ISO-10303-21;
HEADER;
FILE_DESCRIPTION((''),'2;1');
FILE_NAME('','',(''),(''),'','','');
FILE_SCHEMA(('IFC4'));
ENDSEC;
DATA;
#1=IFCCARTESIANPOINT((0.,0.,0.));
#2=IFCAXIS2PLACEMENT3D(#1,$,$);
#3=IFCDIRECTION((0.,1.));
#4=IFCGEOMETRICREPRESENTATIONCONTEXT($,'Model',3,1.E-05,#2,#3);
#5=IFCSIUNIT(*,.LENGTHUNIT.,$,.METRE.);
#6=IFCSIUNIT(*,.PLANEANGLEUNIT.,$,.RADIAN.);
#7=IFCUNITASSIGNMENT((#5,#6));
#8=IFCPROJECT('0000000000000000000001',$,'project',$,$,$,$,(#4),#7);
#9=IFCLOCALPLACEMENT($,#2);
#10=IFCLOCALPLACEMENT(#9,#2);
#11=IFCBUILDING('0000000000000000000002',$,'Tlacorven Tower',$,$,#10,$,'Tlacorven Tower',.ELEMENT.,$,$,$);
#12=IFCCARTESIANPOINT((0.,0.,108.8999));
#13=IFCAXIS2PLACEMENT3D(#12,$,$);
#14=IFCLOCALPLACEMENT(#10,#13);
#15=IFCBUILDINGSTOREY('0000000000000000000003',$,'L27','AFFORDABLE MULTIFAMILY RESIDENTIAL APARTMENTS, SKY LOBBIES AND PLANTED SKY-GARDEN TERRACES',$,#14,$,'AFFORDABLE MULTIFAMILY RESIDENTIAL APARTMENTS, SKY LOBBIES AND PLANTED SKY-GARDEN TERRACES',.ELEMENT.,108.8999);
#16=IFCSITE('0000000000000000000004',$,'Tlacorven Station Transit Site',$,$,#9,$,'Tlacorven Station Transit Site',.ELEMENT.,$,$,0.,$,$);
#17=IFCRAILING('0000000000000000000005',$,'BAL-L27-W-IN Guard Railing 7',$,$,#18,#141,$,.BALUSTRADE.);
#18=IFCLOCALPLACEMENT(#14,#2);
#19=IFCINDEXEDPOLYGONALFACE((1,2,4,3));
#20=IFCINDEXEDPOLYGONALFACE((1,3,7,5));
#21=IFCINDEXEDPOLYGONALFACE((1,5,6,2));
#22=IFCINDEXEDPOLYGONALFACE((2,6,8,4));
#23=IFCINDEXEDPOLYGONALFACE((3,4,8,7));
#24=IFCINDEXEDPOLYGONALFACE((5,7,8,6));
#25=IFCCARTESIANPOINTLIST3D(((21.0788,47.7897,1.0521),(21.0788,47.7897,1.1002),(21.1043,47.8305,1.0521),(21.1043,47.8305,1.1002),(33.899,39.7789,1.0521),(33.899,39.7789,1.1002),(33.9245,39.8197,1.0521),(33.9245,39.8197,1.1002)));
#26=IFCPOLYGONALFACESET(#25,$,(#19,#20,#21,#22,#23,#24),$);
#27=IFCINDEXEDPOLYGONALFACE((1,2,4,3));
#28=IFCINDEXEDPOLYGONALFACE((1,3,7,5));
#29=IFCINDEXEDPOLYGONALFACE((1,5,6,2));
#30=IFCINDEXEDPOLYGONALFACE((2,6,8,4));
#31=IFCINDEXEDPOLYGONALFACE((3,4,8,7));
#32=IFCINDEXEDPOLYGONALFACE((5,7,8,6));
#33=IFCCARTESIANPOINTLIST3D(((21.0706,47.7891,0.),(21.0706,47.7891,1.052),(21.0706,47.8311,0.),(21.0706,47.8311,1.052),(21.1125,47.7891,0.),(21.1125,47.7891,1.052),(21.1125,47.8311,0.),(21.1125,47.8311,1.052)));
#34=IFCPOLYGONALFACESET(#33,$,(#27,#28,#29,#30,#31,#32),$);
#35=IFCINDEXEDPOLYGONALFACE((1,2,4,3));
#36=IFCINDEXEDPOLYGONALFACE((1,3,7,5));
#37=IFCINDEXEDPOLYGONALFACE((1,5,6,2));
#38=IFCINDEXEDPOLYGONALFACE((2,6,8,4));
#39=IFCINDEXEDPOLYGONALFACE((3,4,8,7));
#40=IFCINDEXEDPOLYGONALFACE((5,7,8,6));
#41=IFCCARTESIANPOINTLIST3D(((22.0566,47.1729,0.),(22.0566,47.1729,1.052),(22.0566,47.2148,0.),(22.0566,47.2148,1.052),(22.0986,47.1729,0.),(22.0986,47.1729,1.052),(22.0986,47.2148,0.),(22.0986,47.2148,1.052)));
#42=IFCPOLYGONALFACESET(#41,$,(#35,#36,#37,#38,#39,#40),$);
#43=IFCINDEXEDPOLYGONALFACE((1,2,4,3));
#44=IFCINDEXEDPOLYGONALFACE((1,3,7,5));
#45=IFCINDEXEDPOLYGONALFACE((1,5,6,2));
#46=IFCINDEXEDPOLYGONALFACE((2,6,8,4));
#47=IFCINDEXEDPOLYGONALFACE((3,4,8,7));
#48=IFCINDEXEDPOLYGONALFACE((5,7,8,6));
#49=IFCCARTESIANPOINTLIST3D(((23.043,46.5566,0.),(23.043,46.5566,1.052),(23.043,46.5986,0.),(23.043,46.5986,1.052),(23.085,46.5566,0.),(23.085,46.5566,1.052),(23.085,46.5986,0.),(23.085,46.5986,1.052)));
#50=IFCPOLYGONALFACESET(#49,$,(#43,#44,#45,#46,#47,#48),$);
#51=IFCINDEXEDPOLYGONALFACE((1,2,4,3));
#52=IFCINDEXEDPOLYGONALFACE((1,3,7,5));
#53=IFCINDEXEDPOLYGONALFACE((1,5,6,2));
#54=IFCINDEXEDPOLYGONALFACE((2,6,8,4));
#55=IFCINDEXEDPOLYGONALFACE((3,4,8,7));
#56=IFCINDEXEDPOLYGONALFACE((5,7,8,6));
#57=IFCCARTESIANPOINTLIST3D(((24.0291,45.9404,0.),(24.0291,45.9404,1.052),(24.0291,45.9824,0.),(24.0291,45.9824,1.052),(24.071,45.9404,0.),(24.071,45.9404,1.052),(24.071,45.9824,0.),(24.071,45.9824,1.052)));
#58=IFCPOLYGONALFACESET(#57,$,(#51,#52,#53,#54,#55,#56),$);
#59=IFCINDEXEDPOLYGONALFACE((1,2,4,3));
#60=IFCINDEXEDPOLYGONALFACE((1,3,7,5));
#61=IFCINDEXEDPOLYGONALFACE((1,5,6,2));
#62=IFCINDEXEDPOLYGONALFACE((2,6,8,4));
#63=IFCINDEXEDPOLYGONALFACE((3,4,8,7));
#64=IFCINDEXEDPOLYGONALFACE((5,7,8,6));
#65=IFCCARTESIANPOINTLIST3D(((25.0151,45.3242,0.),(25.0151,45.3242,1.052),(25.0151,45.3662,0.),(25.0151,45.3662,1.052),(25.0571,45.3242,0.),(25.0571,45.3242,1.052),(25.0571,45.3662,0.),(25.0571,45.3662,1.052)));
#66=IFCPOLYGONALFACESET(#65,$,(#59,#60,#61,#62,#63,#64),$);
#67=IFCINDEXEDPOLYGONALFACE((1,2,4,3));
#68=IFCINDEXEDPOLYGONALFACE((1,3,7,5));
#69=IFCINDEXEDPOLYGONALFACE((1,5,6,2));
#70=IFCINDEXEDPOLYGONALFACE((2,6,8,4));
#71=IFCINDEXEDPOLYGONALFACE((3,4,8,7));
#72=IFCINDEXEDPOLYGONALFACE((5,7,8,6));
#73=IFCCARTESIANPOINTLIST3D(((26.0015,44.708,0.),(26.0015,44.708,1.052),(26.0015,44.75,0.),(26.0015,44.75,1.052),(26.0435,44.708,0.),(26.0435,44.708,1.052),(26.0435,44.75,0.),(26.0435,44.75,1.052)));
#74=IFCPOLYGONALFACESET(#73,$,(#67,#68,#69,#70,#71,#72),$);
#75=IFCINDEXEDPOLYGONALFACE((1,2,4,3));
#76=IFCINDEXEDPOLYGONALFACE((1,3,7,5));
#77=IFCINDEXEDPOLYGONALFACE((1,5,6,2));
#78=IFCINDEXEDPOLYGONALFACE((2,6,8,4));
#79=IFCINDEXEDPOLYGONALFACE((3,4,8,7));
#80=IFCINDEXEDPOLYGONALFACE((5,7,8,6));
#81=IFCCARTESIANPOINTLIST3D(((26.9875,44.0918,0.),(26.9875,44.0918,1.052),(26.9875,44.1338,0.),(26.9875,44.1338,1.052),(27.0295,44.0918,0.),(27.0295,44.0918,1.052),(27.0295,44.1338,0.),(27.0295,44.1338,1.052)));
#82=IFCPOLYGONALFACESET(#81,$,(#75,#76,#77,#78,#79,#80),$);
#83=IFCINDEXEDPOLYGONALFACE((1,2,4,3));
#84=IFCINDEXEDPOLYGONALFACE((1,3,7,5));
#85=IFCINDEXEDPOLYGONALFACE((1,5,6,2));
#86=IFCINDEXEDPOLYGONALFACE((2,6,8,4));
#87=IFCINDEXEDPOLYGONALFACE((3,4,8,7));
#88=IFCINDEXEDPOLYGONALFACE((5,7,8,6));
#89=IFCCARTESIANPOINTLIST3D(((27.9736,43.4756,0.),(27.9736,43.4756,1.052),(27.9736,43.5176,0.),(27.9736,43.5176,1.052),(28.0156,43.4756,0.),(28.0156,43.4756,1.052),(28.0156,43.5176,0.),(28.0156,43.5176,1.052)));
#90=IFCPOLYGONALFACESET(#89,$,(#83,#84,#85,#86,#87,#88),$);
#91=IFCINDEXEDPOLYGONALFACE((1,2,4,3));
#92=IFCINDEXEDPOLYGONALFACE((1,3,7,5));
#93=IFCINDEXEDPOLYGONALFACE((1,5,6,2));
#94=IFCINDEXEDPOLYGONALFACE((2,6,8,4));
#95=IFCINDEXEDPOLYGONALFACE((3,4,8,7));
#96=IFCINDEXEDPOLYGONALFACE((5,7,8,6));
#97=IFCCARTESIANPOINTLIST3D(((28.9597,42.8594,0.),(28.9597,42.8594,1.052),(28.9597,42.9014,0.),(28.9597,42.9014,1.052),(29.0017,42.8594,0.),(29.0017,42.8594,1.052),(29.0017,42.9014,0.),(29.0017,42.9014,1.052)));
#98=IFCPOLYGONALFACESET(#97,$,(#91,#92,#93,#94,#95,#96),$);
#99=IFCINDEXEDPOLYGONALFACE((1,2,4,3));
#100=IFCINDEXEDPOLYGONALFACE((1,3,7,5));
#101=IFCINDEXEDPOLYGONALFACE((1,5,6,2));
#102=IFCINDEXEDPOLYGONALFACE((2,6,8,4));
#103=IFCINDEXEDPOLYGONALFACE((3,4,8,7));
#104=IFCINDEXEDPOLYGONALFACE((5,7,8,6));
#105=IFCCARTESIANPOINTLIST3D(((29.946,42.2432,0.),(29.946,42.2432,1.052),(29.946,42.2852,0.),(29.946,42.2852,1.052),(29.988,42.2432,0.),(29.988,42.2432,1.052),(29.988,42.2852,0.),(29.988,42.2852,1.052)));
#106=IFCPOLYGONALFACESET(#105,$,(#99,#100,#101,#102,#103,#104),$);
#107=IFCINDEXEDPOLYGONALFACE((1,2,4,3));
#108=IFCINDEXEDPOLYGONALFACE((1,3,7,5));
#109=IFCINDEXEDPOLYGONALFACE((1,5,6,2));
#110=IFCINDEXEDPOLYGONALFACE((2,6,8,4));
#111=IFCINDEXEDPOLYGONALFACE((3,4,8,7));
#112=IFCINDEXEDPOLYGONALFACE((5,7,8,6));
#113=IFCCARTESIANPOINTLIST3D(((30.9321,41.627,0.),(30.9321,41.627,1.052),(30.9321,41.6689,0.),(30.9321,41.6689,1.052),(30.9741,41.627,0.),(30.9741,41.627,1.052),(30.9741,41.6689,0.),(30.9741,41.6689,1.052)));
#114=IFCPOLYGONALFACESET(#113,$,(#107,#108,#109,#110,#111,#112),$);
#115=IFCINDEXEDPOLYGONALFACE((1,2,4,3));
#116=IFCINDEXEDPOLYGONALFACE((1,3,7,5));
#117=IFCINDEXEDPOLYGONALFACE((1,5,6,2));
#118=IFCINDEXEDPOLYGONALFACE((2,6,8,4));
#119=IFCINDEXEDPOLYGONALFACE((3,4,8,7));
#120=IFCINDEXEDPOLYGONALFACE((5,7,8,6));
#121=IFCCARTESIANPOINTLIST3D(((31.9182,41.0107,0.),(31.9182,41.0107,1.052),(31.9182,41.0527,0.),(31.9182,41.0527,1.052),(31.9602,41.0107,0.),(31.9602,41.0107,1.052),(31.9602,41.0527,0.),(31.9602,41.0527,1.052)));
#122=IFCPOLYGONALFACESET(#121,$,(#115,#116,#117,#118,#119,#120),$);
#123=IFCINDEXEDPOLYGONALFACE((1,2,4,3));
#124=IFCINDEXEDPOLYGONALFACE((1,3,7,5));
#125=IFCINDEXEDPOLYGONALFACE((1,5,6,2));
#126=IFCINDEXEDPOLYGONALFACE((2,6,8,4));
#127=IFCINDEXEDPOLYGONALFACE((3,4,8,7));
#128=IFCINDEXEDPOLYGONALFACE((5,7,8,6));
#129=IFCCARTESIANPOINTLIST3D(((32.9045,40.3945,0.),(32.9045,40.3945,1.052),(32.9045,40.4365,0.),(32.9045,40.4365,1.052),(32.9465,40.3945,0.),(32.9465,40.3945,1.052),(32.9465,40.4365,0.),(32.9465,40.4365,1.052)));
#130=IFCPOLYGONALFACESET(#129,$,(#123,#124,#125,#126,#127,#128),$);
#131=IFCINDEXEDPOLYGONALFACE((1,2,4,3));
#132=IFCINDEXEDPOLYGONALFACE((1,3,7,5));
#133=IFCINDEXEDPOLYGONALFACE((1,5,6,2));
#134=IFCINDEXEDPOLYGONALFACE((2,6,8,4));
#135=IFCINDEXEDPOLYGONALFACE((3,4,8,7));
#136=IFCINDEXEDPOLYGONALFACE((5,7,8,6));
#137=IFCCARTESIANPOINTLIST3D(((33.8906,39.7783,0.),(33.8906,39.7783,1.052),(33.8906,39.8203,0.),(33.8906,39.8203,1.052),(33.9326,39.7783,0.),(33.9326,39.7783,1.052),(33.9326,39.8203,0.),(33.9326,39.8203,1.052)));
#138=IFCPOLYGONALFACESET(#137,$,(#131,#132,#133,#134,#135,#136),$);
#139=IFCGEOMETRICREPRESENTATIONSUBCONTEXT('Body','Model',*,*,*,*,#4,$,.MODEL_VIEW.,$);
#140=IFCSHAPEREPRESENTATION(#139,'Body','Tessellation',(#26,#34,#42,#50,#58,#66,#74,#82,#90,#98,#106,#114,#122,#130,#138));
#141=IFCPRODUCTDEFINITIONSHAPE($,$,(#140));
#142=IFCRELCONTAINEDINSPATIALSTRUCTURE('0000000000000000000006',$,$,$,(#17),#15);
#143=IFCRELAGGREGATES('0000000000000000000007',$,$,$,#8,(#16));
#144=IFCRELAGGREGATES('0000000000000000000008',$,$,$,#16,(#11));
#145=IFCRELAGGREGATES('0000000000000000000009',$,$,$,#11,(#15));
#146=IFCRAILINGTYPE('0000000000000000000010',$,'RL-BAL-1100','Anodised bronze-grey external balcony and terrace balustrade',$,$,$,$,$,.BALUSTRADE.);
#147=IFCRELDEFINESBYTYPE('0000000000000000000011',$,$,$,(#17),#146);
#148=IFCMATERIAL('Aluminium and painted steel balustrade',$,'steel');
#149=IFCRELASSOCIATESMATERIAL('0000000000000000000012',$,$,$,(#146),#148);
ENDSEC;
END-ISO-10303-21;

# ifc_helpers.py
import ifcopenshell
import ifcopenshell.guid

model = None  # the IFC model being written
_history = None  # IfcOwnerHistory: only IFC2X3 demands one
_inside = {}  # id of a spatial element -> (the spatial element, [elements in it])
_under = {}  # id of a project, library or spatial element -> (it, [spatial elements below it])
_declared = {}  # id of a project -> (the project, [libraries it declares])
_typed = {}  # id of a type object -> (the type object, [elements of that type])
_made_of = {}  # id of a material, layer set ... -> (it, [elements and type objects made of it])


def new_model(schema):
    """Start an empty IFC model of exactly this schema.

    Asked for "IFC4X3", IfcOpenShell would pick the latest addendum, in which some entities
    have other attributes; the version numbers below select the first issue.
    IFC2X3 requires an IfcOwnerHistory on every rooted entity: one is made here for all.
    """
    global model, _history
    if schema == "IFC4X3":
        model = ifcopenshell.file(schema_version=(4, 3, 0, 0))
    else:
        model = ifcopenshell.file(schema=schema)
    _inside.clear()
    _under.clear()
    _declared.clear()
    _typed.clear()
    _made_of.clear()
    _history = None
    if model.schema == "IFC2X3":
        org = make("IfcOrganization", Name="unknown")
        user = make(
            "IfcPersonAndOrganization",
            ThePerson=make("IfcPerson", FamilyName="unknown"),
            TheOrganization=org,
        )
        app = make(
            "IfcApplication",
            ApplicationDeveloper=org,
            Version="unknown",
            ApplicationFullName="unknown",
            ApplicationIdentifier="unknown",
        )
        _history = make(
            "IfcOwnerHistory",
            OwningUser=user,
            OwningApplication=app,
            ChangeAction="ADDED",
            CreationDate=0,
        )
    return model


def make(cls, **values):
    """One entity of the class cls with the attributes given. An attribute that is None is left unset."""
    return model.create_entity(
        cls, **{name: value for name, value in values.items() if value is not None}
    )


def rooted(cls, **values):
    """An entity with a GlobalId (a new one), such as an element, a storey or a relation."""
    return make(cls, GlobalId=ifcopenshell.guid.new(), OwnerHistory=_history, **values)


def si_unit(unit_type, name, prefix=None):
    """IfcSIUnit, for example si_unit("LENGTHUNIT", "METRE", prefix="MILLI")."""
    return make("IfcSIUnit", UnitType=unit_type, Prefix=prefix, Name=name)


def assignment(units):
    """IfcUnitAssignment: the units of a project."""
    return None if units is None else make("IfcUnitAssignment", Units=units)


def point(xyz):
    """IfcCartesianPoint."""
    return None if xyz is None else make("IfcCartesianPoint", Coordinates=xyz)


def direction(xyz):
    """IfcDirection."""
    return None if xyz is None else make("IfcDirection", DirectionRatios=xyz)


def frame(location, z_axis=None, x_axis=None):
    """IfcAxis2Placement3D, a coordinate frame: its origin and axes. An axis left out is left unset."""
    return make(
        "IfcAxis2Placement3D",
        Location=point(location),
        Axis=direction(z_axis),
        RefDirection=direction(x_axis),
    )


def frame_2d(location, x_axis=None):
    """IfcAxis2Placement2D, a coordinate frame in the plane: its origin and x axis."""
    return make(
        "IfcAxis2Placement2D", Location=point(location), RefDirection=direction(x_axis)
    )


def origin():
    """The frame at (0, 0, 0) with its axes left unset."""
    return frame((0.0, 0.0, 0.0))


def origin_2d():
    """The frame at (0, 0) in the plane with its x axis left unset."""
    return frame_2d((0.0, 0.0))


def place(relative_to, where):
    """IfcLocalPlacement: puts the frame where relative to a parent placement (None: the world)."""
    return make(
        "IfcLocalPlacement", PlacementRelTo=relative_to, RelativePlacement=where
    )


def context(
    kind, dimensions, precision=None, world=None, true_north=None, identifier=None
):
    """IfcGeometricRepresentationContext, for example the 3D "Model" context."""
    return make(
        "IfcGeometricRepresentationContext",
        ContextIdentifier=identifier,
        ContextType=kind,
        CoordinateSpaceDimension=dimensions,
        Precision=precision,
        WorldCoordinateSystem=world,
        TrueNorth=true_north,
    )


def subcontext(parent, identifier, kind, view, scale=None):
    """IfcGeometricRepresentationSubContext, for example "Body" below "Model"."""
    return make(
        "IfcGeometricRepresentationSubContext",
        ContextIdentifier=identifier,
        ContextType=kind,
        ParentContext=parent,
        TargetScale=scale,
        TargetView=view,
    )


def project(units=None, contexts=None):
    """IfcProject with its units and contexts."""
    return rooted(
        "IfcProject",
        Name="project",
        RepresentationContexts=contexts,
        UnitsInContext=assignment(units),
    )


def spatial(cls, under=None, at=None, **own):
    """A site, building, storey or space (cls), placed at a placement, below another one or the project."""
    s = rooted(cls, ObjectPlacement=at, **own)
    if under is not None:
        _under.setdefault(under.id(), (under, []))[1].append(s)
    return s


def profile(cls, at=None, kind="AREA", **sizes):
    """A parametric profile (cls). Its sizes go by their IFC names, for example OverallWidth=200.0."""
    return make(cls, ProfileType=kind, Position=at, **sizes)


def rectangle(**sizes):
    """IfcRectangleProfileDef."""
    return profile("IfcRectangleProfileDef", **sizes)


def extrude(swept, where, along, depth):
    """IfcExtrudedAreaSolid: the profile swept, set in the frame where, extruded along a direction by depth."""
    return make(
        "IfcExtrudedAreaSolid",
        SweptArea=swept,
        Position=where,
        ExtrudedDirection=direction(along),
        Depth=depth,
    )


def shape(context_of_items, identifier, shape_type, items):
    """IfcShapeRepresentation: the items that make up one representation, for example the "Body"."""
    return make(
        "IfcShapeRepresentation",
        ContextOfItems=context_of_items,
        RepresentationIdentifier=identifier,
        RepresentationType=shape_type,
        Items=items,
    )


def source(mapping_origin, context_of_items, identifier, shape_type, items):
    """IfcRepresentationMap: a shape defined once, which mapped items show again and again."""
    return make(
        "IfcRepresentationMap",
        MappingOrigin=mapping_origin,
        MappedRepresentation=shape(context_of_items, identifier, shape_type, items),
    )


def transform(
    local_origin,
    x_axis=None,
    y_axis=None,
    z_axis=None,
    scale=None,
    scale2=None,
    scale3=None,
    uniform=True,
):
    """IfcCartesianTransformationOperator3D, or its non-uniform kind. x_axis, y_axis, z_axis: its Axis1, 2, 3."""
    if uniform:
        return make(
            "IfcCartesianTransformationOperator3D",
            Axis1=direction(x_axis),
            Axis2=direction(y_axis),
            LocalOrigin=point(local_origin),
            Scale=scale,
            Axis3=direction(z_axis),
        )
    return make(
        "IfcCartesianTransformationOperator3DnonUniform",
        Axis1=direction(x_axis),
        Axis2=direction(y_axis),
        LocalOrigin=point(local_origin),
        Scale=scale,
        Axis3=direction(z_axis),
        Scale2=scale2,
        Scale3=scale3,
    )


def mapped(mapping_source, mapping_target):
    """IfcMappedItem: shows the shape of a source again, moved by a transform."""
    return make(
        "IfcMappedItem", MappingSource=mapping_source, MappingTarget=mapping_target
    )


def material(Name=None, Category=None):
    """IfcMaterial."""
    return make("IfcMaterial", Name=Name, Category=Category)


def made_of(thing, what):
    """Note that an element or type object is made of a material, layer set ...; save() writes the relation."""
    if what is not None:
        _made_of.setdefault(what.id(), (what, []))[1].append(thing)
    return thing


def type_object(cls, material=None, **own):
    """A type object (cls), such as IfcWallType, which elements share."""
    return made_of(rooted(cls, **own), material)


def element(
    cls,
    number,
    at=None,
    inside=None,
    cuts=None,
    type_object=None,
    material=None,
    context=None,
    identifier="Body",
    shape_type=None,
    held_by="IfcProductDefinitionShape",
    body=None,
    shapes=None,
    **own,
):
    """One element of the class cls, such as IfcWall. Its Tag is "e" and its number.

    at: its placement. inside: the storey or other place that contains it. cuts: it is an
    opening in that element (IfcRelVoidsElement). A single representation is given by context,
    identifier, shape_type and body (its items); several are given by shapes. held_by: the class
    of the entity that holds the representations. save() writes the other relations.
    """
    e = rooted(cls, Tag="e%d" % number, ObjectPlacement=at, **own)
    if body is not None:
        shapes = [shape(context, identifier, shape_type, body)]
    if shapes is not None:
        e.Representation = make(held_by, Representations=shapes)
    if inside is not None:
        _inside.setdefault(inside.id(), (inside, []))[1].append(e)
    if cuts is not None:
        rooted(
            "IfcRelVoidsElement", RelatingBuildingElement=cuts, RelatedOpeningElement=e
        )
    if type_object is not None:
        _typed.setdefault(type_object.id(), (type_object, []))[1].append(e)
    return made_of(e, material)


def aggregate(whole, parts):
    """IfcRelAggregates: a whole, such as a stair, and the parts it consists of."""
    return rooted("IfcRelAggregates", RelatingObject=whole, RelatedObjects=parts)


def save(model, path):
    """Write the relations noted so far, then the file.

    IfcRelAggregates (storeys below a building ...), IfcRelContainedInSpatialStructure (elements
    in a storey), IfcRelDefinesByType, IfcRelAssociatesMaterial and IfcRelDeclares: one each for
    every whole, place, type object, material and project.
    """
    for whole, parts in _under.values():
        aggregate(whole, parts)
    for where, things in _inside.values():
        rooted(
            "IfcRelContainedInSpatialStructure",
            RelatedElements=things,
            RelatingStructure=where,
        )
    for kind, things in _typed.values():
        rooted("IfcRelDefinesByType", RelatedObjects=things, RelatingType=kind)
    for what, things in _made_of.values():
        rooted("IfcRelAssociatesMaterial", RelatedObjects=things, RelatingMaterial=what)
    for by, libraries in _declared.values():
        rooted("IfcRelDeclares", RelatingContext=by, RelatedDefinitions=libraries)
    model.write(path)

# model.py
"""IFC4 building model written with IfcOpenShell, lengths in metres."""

from ifc_helpers import new_model, si_unit, direction, frame, origin, origin_2d, place, context, subcontext, project, spatial, rectangle, extrude, source, transform, mapped, material, type_object, element, save


model = new_model("IFC4")

# Units and contexts
model_context = context("Model", 3, precision=1e-05, world=origin(), true_north=direction((0.0, 1.0)))
body_context = subcontext(model_context, "Body", "Model", "MODEL_VIEW")
ifc_project = project(units=[si_unit("LENGTHUNIT", "METRE"), si_unit("PLANEANGLEUNIT", "RADIAN")], contexts=[model_context])

# Site, building, storey
site_placement = place(None, origin())
site = spatial("IfcSite", under=ifc_project, at=site_placement, Name="Tlacorven Station Transit Site", LongName="Tlacorven Station Transit Site", CompositionType="ELEMENT", RefElevation=0.0)
building_placement = place(site_placement, origin())
building = spatial("IfcBuilding", under=site, at=building_placement, Name="Tlacorven Tower", LongName="Tlacorven Tower", CompositionType="ELEMENT")
storey_placement = place(building_placement, frame((0.0, 0.0, 108.8999)))
storey = spatial("IfcBuildingStorey", under=building, at=storey_placement, Name="L27", Description="AFFORDABLE MULTIFAMILY RESIDENTIAL APARTMENTS, SKY LOBBIES AND PLANTED SKY-GARDEN TERRACES", LongName="AFFORDABLE MULTIFAMILY RESIDENTIAL APARTMENTS, SKY LOBBIES AND PLANTED SKY-GARDEN TERRACES", CompositionType="ELEMENT", Elevation=108.8999)

# Railing
ifc_material_1 = material(Name="Aluminium and painted steel balustrade", Category="steel")
railing_type = type_object("IfcRailingType", Name="RL-BAL-1100", Description="Anodised bronze-grey external balcony and terrace balustrade", PredefinedType="BALUSTRADE", material=ifc_material_1)
shared_shape_1 = source(origin(), body_context, "Body", "SweptSolid", [
    extrude(rectangle(XDim=0.0481, YDim=0.0481, at=origin_2d()), frame((0.0, 0.0, 1.0762), z_axis=(0.848052, -0.529913, 0.0), x_axis=(0.529913, 0.848052, 0.0)), (0.0, 0.0, 1.0), 15.1172),
    extrude(rectangle(XDim=0.042, YDim=0.042, at=origin_2d()), origin(), (0.0, 0.0, 1.0), 1.052),
    extrude(rectangle(XDim=0.042, YDim=0.042, at=origin_2d()), frame((0.9861, -0.6162, 0.0)), (0.0, 0.0, 1.0), 1.052),
    extrude(rectangle(XDim=0.042, YDim=0.042, at=origin_2d()), frame((1.9724, -1.2324, 0.0)), (0.0, 0.0, 1.0), 1.052),
    extrude(rectangle(XDim=0.042, YDim=0.042, at=origin_2d()), frame((2.9585, -1.8486, 0.0)), (0.0, 0.0, 1.0), 1.052),
    extrude(rectangle(XDim=0.042, YDim=0.042, at=origin_2d()), frame((3.9446, -2.4648, 0.0)), (0.0, 0.0, 1.0), 1.052),
    extrude(rectangle(XDim=0.042, YDim=0.042, at=origin_2d()), frame((4.9309, -3.0811, 0.0)), (0.0, 0.0, 1.0), 1.052),
    extrude(rectangle(XDim=0.042, YDim=0.042, at=origin_2d()), frame((5.917, -3.6973, 0.0)), (0.0, 0.0, 1.0), 1.052),
    extrude(rectangle(XDim=0.042, YDim=0.042, at=origin_2d()), frame((6.9031, -4.3135, 0.0)), (0.0, 0.0, 1.0), 1.052),
    extrude(rectangle(XDim=0.042, YDim=0.042, at=origin_2d()), frame((7.8892, -4.9297, 0.0)), (0.0, 0.0, 1.0), 1.052),
    extrude(rectangle(XDim=0.042, YDim=0.042, at=origin_2d()), frame((8.8755, -5.5459, 0.0)), (0.0, 0.0, 1.0), 1.052),
    extrude(rectangle(XDim=0.042, YDim=0.042, at=origin_2d()), frame((9.8616, -6.1621, 0.0)), (0.0, 0.0, 1.0), 1.052),
    extrude(rectangle(XDim=0.042, YDim=0.042, at=origin_2d()), frame((10.8477, -6.7783, 0.0)), (0.0, 0.0, 1.0), 1.052),
    extrude(rectangle(XDim=0.042, YDim=0.042, at=origin_2d()), frame((11.834, -7.3945, 0.0)), (0.0, 0.0, 1.0), 1.052),
    extrude(rectangle(XDim=0.042, YDim=0.042, at=origin_2d()), frame((12.8201, -8.0107, 0.0)), (0.0, 0.0, 1.0), 1.052),
])
railing_placement = place(storey_placement, frame((21.0916, 47.8101, 0.0)))
element("IfcRailing", 1, at=railing_placement, inside=storey, type_object=railing_type, Name="BAL-L27-W-IN Guard Railing 7", PredefinedType="BALUSTRADE", context=body_context, shape_type="MappedRepresentation", body=[
    mapped(shared_shape_1, transform((0.0, 0.0, 0.0), scale=1.0)),
])

save(model, "model.ifc")
